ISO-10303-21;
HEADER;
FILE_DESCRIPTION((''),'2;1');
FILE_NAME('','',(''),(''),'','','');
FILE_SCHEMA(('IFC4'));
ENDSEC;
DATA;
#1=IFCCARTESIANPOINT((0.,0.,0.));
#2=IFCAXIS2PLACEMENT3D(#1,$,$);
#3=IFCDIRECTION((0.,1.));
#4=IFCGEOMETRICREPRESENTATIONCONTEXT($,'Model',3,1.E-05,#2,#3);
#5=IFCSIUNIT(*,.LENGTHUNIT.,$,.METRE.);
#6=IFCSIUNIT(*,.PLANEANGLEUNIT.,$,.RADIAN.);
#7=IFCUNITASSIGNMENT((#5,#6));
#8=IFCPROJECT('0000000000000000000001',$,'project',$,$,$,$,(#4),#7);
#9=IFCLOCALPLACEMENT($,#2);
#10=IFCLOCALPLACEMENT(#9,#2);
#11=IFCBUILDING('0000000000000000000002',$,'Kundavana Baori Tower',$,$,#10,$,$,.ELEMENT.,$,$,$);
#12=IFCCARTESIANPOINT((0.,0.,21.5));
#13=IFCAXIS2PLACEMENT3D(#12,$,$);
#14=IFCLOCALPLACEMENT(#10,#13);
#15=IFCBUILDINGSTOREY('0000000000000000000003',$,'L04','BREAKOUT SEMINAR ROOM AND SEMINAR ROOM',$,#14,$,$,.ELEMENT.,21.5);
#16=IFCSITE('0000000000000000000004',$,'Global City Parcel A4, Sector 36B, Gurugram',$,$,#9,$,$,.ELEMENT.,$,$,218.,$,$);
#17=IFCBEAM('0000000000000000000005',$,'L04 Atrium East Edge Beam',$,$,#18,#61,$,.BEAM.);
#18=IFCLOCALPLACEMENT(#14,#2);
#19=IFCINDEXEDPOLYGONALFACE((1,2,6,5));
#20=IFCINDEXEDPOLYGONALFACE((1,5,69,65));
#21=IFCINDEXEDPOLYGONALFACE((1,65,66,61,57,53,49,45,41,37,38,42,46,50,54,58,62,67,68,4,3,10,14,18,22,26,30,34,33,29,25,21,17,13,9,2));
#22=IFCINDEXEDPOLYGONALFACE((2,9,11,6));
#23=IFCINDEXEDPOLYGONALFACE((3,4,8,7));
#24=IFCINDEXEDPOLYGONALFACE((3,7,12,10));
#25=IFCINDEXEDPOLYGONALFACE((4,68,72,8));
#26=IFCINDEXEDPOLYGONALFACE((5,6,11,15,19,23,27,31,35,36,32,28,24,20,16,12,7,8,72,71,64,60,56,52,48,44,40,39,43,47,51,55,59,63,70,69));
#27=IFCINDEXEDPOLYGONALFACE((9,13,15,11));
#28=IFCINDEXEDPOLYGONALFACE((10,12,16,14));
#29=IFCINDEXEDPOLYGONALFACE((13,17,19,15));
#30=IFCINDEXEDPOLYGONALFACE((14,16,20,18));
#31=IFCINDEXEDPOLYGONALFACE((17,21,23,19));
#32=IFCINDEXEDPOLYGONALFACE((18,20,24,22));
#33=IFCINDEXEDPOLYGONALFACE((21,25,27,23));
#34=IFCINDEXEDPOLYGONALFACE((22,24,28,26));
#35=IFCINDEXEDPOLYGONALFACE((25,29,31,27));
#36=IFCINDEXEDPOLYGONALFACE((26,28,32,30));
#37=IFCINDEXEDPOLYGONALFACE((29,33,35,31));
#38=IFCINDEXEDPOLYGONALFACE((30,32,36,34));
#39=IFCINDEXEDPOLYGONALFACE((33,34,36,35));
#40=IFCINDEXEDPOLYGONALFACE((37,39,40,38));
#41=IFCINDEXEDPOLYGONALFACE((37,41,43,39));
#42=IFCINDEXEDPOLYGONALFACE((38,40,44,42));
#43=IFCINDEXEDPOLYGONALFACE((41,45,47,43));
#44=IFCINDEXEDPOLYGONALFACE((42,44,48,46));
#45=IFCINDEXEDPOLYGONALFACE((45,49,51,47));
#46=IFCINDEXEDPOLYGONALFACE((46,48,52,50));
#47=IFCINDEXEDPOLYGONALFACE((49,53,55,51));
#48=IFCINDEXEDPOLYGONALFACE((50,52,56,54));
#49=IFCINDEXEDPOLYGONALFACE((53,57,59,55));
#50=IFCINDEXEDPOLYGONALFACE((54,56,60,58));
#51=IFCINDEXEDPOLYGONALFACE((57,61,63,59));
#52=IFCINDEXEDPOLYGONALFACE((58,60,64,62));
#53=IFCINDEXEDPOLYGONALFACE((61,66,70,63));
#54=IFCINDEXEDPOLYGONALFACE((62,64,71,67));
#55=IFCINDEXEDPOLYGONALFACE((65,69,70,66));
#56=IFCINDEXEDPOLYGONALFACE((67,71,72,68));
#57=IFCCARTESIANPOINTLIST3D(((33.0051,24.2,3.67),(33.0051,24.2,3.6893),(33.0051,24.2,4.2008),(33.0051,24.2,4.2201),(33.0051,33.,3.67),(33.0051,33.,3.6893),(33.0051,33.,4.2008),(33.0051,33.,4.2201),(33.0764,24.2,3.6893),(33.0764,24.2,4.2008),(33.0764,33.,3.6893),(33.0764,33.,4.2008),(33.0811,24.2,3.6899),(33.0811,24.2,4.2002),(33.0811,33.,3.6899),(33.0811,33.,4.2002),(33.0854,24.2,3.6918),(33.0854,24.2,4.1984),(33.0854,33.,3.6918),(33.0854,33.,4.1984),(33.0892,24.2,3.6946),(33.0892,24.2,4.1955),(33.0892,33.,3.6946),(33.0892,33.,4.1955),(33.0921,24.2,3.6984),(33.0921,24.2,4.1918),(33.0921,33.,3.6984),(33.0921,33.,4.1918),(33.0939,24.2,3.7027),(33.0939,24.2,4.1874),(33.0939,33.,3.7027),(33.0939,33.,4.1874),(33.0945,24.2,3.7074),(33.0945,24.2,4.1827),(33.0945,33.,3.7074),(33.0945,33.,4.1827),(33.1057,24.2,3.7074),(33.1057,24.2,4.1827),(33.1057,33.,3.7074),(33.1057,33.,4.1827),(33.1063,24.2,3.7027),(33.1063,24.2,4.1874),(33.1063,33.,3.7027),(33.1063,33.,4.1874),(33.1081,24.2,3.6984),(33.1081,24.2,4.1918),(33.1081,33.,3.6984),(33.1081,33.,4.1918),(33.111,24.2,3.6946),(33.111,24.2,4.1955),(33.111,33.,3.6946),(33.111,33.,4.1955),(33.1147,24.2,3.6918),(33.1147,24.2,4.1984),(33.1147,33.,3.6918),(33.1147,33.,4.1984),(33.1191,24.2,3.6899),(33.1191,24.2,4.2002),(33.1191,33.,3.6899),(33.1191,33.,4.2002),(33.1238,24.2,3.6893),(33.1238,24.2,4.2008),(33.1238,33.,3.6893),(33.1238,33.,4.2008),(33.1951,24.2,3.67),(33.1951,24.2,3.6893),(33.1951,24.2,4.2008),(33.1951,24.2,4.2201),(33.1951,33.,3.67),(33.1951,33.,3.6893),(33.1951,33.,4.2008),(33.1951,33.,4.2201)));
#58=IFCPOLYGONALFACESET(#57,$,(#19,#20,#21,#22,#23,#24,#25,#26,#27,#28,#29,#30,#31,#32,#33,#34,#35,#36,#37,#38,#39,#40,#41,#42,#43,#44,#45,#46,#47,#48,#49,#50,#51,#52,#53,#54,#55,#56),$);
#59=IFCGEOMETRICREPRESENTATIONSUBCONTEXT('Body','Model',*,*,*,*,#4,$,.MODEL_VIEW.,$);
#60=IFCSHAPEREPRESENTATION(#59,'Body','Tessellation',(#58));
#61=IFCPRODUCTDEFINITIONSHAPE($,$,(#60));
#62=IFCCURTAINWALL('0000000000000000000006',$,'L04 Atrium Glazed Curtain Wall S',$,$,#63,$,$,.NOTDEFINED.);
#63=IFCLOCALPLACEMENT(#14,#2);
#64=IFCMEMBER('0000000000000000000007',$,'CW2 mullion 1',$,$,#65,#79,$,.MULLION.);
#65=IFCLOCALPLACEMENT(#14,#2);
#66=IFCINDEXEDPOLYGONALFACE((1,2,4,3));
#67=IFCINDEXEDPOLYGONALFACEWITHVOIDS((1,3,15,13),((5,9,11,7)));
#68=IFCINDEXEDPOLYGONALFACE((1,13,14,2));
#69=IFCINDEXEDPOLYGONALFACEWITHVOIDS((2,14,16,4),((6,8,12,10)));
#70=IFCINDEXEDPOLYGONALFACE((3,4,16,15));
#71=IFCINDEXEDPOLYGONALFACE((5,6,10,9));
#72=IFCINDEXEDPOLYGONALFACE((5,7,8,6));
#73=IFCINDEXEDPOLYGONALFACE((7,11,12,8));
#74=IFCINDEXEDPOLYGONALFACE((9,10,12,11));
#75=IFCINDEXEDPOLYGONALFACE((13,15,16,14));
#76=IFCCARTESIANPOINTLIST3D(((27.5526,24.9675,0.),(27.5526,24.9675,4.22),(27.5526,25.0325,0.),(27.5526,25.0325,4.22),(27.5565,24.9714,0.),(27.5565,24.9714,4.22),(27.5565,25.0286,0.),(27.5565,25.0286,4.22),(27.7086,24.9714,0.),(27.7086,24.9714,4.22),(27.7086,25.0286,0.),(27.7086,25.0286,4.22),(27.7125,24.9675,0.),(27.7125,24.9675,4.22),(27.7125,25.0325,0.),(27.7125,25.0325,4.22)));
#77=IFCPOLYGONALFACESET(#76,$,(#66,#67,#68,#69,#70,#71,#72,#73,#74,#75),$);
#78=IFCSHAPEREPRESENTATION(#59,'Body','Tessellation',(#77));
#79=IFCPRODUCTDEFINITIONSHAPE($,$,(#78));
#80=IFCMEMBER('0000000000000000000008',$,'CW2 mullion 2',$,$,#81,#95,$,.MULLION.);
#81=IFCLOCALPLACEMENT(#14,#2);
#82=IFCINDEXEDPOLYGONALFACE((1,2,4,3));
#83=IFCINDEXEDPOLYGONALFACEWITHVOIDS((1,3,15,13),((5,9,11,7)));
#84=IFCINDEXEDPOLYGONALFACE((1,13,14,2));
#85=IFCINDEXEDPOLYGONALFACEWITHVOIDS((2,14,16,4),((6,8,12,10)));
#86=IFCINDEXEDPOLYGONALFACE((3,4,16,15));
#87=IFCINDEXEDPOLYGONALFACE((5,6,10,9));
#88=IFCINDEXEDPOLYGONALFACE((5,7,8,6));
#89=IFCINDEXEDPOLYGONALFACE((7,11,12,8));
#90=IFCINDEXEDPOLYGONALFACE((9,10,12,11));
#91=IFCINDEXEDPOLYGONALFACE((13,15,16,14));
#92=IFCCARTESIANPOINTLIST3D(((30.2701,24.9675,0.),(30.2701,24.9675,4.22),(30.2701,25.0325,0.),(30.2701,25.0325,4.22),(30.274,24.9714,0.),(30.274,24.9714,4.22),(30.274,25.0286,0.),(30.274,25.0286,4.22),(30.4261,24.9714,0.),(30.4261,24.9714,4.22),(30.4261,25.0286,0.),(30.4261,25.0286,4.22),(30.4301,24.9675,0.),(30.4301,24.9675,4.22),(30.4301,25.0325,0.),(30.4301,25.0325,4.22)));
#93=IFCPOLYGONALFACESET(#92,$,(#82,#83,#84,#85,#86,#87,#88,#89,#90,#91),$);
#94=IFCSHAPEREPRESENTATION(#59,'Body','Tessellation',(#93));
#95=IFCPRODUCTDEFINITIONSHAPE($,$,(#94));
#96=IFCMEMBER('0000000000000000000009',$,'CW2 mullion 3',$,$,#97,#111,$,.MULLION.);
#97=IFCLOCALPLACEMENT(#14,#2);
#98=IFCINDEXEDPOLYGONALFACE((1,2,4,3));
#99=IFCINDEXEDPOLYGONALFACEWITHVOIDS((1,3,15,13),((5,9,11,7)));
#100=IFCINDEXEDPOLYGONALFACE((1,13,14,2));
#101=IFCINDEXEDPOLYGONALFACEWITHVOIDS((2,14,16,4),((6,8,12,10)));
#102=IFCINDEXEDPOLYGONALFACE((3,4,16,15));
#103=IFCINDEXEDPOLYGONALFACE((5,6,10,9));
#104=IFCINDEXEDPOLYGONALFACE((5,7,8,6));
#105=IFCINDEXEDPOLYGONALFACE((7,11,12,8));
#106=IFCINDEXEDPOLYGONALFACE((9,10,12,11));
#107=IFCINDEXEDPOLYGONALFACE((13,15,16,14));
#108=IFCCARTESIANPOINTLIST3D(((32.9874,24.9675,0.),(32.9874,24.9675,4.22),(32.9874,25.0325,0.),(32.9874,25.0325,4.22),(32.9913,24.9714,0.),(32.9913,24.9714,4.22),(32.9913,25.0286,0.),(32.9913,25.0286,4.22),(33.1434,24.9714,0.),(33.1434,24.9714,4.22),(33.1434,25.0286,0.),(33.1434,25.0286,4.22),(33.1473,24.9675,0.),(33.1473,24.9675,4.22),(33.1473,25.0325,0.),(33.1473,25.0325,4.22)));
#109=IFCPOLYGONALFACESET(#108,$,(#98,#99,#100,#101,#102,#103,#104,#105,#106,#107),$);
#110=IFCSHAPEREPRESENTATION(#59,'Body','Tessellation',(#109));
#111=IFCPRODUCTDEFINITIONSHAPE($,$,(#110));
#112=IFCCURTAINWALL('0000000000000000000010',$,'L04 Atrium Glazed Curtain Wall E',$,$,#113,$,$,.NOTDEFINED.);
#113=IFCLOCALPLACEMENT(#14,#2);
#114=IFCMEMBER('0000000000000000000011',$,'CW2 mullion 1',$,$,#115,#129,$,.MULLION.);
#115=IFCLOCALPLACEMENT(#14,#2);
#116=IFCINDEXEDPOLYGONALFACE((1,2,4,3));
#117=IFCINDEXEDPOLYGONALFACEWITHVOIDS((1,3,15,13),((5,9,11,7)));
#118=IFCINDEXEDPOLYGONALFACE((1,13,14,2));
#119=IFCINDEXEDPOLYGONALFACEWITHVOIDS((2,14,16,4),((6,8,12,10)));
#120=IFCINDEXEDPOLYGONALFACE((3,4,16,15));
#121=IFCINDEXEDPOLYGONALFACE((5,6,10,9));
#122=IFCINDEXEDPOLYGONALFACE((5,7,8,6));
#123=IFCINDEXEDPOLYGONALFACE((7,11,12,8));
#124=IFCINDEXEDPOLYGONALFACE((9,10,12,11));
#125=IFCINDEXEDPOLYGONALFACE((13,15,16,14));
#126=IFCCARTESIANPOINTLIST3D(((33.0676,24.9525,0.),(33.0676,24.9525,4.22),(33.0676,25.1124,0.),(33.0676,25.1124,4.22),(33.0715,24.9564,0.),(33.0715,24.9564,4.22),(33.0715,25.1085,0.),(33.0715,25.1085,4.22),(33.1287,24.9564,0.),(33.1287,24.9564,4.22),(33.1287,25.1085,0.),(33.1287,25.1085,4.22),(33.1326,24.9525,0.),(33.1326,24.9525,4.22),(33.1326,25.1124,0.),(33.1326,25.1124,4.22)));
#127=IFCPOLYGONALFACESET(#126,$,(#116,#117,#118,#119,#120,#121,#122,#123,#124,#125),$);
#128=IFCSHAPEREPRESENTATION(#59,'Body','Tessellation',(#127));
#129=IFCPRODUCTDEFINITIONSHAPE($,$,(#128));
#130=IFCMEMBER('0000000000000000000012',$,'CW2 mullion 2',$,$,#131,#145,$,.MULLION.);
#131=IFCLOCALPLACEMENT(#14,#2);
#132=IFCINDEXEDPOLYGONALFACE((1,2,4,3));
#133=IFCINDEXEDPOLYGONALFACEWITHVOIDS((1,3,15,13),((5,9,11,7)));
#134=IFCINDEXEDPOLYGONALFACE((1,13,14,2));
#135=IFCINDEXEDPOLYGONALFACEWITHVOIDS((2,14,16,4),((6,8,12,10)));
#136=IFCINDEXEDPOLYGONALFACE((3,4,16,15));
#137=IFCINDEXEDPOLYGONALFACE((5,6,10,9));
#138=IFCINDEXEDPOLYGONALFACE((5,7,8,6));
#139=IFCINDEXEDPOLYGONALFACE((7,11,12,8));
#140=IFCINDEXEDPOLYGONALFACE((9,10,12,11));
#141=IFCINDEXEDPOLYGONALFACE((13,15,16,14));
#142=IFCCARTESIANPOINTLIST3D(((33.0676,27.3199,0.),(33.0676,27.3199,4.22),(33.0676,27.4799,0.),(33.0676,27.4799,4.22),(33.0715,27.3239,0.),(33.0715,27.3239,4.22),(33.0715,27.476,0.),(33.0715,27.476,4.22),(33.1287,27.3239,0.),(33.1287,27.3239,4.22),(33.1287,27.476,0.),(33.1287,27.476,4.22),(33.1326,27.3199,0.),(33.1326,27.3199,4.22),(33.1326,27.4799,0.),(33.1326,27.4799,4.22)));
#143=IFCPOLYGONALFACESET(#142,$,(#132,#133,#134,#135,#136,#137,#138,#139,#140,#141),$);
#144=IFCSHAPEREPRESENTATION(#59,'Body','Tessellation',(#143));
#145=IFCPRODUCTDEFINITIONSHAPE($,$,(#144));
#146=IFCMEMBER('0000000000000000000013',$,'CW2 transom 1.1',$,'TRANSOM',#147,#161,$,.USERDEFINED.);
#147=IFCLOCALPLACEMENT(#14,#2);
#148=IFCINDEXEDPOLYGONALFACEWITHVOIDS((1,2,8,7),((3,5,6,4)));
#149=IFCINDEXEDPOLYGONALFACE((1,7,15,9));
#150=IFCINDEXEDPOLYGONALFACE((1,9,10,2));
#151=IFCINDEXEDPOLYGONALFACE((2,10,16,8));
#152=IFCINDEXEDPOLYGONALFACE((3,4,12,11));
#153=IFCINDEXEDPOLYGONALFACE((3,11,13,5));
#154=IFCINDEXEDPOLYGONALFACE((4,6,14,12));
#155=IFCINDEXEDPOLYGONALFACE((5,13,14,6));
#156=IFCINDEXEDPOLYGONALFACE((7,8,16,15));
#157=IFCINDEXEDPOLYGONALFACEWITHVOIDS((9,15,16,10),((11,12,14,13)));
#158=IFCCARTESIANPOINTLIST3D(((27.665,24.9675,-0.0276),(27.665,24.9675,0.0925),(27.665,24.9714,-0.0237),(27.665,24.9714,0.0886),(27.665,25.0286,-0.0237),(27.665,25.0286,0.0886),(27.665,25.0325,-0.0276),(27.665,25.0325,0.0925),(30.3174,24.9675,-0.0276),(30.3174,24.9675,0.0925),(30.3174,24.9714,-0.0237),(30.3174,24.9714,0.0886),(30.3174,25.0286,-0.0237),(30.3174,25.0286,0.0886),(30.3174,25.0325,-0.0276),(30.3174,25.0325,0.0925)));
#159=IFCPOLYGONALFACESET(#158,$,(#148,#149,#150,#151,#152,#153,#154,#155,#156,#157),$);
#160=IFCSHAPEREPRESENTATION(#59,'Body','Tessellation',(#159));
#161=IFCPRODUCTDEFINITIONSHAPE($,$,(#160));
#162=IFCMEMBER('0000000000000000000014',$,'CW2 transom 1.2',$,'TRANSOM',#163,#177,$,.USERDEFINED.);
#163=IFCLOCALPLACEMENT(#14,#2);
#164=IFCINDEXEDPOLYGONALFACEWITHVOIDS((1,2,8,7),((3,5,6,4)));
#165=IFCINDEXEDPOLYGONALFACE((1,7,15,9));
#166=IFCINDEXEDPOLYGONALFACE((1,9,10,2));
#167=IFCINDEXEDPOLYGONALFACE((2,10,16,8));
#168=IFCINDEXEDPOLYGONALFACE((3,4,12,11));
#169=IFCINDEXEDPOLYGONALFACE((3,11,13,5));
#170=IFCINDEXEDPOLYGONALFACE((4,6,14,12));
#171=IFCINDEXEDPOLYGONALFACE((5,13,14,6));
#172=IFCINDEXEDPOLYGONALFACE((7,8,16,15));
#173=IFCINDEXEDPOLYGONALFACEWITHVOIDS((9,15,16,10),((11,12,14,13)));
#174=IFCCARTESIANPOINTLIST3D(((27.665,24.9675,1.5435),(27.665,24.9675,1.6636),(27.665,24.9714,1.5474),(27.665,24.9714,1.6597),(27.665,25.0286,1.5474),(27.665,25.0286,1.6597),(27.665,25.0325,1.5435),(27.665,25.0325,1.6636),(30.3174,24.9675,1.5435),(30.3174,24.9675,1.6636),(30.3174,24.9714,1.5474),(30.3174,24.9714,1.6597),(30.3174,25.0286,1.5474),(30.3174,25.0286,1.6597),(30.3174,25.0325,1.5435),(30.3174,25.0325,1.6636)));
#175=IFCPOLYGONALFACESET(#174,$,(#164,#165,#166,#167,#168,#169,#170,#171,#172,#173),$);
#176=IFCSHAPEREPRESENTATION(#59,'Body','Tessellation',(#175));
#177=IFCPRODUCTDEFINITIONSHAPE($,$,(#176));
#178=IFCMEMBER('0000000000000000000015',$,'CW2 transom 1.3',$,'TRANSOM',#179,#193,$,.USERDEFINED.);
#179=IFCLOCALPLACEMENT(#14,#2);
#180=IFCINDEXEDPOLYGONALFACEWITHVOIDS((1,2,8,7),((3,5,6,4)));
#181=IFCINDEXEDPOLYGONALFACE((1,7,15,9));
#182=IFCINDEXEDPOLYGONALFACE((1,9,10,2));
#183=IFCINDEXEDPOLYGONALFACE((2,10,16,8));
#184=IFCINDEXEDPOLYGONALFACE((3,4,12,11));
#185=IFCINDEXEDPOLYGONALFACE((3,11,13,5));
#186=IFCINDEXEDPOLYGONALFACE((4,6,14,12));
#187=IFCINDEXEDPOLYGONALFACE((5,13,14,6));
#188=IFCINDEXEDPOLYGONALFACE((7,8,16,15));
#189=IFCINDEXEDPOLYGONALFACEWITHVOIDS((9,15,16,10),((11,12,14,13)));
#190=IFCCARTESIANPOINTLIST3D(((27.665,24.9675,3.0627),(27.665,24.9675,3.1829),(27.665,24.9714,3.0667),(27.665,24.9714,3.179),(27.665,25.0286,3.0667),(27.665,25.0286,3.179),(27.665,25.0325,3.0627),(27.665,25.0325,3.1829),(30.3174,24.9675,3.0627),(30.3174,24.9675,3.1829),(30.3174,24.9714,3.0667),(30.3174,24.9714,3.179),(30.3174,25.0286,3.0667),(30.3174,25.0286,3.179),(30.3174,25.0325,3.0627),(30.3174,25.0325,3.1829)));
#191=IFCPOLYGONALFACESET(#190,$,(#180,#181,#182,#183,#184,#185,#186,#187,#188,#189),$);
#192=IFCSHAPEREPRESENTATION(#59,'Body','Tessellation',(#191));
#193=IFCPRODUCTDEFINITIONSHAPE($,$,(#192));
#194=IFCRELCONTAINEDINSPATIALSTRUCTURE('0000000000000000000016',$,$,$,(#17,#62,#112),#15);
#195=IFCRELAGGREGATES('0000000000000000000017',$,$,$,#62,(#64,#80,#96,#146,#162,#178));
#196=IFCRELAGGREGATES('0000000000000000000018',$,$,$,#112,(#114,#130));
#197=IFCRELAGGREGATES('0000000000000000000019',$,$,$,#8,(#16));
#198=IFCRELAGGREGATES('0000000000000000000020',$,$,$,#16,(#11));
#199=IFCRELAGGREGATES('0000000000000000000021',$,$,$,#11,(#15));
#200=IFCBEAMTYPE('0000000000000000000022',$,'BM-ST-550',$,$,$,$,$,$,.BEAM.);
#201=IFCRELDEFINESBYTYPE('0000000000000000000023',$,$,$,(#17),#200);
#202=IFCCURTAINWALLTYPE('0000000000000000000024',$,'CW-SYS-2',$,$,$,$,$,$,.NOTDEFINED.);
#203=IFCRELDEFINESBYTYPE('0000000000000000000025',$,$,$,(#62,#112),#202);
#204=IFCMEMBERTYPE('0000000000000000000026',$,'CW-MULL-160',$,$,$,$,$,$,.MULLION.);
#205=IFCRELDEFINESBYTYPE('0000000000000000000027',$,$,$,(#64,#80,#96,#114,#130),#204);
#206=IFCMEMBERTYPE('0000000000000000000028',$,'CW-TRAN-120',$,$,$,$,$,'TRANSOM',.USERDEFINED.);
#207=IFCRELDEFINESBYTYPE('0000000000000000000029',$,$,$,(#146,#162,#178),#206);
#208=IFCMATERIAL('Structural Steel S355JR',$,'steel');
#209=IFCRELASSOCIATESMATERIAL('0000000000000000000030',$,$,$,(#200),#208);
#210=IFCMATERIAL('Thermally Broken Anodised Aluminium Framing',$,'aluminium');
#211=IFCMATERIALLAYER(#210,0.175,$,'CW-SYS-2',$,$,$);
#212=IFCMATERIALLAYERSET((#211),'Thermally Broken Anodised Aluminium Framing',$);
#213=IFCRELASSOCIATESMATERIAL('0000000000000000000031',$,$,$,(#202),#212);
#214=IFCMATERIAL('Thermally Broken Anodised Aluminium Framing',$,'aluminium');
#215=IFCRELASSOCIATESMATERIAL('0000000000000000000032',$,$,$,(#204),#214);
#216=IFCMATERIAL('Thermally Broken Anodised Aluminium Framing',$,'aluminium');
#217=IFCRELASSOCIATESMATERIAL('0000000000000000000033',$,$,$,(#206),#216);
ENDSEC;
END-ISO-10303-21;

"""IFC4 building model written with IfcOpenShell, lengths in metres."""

from ifc_helpers import new_model, si_unit, direction, frame, origin, origin_2d, place, context, subcontext, project, spatial, hollow_rectangle, i_section, extrude, material, layer, layer_set, material_profile, profile_set, type_object, element, aggregate, save


model = new_model("IFC4")

# Units and contexts
model_context = context("Model", 3, precision=1e-05, world=origin(), true_north=direction((0.0, 1.0)))
body_context = subcontext(model_context, "Body", "Model", "MODEL_VIEW")
ifc_project = project(units=[si_unit("LENGTHUNIT", "METRE"), si_unit("PLANEANGLEUNIT", "RADIAN")], contexts=[model_context])

# Site, building, storey
site_placement = place(None, origin())
site = spatial("IfcSite", under=ifc_project, at=site_placement, Name="Global City Parcel A4, Sector 36B, Gurugram", CompositionType="ELEMENT", RefElevation=218.0)
building_placement = place(site_placement, origin())
building = spatial("IfcBuilding", under=site, at=building_placement, Name="Kundavana Baori Tower", CompositionType="ELEMENT")
storey_placement = place(building_placement, frame((0.0, 0.0, 21.5)))
storey = spatial("IfcBuildingStorey", under=building, at=storey_placement, Name="L04", Description="BREAKOUT SEMINAR ROOM AND SEMINAR ROOM", CompositionType="ELEMENT", Elevation=21.5)

# Beam
ifc_material_1 = material(Name="Structural Steel S355JR", Category="steel")
ifc_material_profile_1 = material_profile(ifc_material_1, i_section(OverallWidth=0.1899, OverallDepth=0.55, WebThickness=0.0112, FlangeThickness=0.0193, FilletRadius=0.0181, at=origin_2d()), Name="ISMB 550")
ifc_profile_set_1 = profile_set([ifc_material_profile_1], Name="Structural Steel S355JR")
beam_type = type_object("IfcBeamType", Name="BM-ST-550", PredefinedType="BEAM", material=ifc_profile_set_1)
beam_placement = place(storey_placement, frame((33.1001, 24.2, 3.9451), z_axis=(0.0, 1.0, 0.0), x_axis=(-1.0, 0.0, 0.0)))
element("IfcBeam", 1, at=beam_placement, inside=storey, type_object=beam_type, Name="L04 Atrium East Edge Beam", PredefinedType="BEAM", context=body_context, shape_type="SweptSolid", body=[
    extrude(i_section(OverallWidth=0.1899, OverallDepth=0.55, WebThickness=0.0112, FlangeThickness=0.0193, FilletRadius=0.0181, at=origin_2d()), origin(), (0.0, 0.0, 1.0), 8.8),
])

# Curtain walls, members
ifc_material_2 = material(Name="Thermally Broken Anodised Aluminium Framing", Category="aluminium")
ifc_layer_1 = layer(ifc_material_2, 0.175, Name="CW-SYS-2")
ifc_layer_set_1 = layer_set([ifc_layer_1], Name="Thermally Broken Anodised Aluminium Framing")
curtain_wall_type = type_object("IfcCurtainWallType", Name="CW-SYS-2", PredefinedType="NOTDEFINED", material=ifc_layer_set_1)
curtain_wall_1_placement = place(storey_placement, origin())
curtain_wall_1 = element("IfcCurtainWall", 2, at=curtain_wall_1_placement, inside=storey, type_object=curtain_wall_type, Name="L04 Atrium Glazed Curtain Wall S", PredefinedType="NOTDEFINED")
ifc_material_3 = material(Name="Thermally Broken Anodised Aluminium Framing", Category="aluminium")
ifc_material_profile_2 = material_profile(ifc_material_3, hollow_rectangle(XDim=0.0649, YDim=0.1599, WallThickness=0.0039, at=origin_2d()), Name="CW-MULL-160")
ifc_profile_set_2 = profile_set([ifc_material_profile_2], Name="Thermally Broken Anodised Aluminium Framing")
member_type_1 = type_object("IfcMemberType", Name="CW-MULL-160", PredefinedType="MULLION", material=ifc_profile_set_2)
member_1_placement = place(storey_placement, frame((27.6326, 25.0, 0.0), z_axis=(0.0, 0.0, 1.0), x_axis=(0.0, 1.0, 0.0)))
member_1 = element("IfcMember", 3, at=member_1_placement, type_object=member_type_1, Name="CW2 mullion 1", PredefinedType="MULLION", context=body_context, shape_type="SweptSolid", body=[
    extrude(hollow_rectangle(XDim=0.0649, YDim=0.1599, WallThickness=0.0039, at=origin_2d()), origin(), (0.0, 0.0, 1.0), 4.22),
])
member_2_placement = place(storey_placement, frame((30.3501, 25.0, 0.0), z_axis=(0.0, 0.0, 1.0), x_axis=(0.0, 1.0, 0.0)))
member_2 = element("IfcMember", 4, at=member_2_placement, type_object=member_type_1, Name="CW2 mullion 2", PredefinedType="MULLION", context=body_context, shape_type="SweptSolid", body=[
    extrude(hollow_rectangle(XDim=0.0649, YDim=0.1599, WallThickness=0.0039, at=origin_2d()), origin(), (0.0, 0.0, 1.0), 4.22),
])
member_3_placement = place(storey_placement, frame((33.0674, 25.0, 0.0), z_axis=(0.0, 0.0, 1.0), x_axis=(0.0, 1.0, 0.0)))
member_3 = element("IfcMember", 5, at=member_3_placement, type_object=member_type_1, Name="CW2 mullion 3", PredefinedType="MULLION", context=body_context, shape_type="SweptSolid", body=[
    extrude(hollow_rectangle(XDim=0.0649, YDim=0.1599, WallThickness=0.0039, at=origin_2d()), origin(), (0.0, 0.0, 1.0), 4.22),
])
curtain_wall_2_placement = place(storey_placement, origin())
curtain_wall_2 = element("IfcCurtainWall", 6, at=curtain_wall_2_placement, inside=storey, type_object=curtain_wall_type, Name="L04 Atrium Glazed Curtain Wall E", PredefinedType="NOTDEFINED")
member_4_placement = place(storey_placement, frame((33.1001, 25.0325, 0.0), z_axis=(0.0, 0.0, 1.0), x_axis=(-1.0, 0.0, 0.0)))
member_4 = element("IfcMember", 7, at=member_4_placement, type_object=member_type_1, Name="CW2 mullion 1", PredefinedType="MULLION", context=body_context, shape_type="SweptSolid", body=[
    extrude(hollow_rectangle(XDim=0.0649, YDim=0.1599, WallThickness=0.0039, at=origin_2d()), origin(), (0.0, 0.0, 1.0), 4.22),
])
member_5_placement = place(storey_placement, frame((33.1001, 27.3999, 0.0), z_axis=(0.0, 0.0, 1.0), x_axis=(-1.0, 0.0, 0.0)))
member_5 = element("IfcMember", 8, at=member_5_placement, type_object=member_type_1, Name="CW2 mullion 2", PredefinedType="MULLION", context=body_context, shape_type="SweptSolid", body=[
    extrude(hollow_rectangle(XDim=0.0649, YDim=0.1599, WallThickness=0.0039, at=origin_2d()), origin(), (0.0, 0.0, 1.0), 4.22),
])

# Members
ifc_material_4 = material(Name="Thermally Broken Anodised Aluminium Framing", Category="aluminium")
ifc_material_profile_3 = material_profile(ifc_material_4, hollow_rectangle(XDim=0.0649, YDim=0.1201, WallThickness=0.0039, at=origin_2d()), Name="CW-TRAN-120")
ifc_profile_set_3 = profile_set([ifc_material_profile_3], Name="Thermally Broken Anodised Aluminium Framing")
member_type_2 = type_object("IfcMemberType", Name="CW-TRAN-120", ElementType="TRANSOM", PredefinedType="USERDEFINED", material=ifc_profile_set_3)
member_6_placement = place(storey_placement, frame((27.665, 25.0, 0.0325), z_axis=(1.0, 0.0, 0.0), x_axis=(0.0, 1.0, 0.0)))
member_6 = element("IfcMember", 9, at=member_6_placement, type_object=member_type_2, Name="CW2 transom 1.1", ObjectType="TRANSOM", PredefinedType="USERDEFINED", context=body_context, shape_type="SweptSolid", body=[
    extrude(hollow_rectangle(XDim=0.0649, YDim=0.1201, WallThickness=0.0039, at=origin_2d()), origin(), (0.0, 0.0, 1.0), 2.6523),
])
member_7_placement = place(storey_placement, frame((27.665, 25.0, 1.6035), z_axis=(1.0, 0.0, 0.0), x_axis=(0.0, 1.0, 0.0)))
member_7 = element("IfcMember", 10, at=member_7_placement, type_object=member_type_2, Name="CW2 transom 1.2", ObjectType="TRANSOM", PredefinedType="USERDEFINED", context=body_context, shape_type="SweptSolid", body=[
    extrude(hollow_rectangle(XDim=0.0649, YDim=0.1201, WallThickness=0.0039, at=origin_2d()), origin(), (0.0, 0.0, 1.0), 2.6523),
])
member_8_placement = place(storey_placement, frame((27.665, 25.0, 3.1228), z_axis=(1.0, 0.0, 0.0), x_axis=(0.0, 1.0, 0.0)))
member_8 = element("IfcMember", 11, at=member_8_placement, type_object=member_type_2, Name="CW2 transom 1.3", ObjectType="TRANSOM", PredefinedType="USERDEFINED", context=body_context, shape_type="SweptSolid", body=[
    extrude(hollow_rectangle(XDim=0.0649, YDim=0.1201, WallThickness=0.0039, at=origin_2d()), origin(), (0.0, 0.0, 1.0), 2.6523),
])

aggregate(curtain_wall_1, [member_1, member_2, member_3, member_6, member_7, member_8])
aggregate(curtain_wall_2, [member_4, member_5])

save(model, "model.ifc")
